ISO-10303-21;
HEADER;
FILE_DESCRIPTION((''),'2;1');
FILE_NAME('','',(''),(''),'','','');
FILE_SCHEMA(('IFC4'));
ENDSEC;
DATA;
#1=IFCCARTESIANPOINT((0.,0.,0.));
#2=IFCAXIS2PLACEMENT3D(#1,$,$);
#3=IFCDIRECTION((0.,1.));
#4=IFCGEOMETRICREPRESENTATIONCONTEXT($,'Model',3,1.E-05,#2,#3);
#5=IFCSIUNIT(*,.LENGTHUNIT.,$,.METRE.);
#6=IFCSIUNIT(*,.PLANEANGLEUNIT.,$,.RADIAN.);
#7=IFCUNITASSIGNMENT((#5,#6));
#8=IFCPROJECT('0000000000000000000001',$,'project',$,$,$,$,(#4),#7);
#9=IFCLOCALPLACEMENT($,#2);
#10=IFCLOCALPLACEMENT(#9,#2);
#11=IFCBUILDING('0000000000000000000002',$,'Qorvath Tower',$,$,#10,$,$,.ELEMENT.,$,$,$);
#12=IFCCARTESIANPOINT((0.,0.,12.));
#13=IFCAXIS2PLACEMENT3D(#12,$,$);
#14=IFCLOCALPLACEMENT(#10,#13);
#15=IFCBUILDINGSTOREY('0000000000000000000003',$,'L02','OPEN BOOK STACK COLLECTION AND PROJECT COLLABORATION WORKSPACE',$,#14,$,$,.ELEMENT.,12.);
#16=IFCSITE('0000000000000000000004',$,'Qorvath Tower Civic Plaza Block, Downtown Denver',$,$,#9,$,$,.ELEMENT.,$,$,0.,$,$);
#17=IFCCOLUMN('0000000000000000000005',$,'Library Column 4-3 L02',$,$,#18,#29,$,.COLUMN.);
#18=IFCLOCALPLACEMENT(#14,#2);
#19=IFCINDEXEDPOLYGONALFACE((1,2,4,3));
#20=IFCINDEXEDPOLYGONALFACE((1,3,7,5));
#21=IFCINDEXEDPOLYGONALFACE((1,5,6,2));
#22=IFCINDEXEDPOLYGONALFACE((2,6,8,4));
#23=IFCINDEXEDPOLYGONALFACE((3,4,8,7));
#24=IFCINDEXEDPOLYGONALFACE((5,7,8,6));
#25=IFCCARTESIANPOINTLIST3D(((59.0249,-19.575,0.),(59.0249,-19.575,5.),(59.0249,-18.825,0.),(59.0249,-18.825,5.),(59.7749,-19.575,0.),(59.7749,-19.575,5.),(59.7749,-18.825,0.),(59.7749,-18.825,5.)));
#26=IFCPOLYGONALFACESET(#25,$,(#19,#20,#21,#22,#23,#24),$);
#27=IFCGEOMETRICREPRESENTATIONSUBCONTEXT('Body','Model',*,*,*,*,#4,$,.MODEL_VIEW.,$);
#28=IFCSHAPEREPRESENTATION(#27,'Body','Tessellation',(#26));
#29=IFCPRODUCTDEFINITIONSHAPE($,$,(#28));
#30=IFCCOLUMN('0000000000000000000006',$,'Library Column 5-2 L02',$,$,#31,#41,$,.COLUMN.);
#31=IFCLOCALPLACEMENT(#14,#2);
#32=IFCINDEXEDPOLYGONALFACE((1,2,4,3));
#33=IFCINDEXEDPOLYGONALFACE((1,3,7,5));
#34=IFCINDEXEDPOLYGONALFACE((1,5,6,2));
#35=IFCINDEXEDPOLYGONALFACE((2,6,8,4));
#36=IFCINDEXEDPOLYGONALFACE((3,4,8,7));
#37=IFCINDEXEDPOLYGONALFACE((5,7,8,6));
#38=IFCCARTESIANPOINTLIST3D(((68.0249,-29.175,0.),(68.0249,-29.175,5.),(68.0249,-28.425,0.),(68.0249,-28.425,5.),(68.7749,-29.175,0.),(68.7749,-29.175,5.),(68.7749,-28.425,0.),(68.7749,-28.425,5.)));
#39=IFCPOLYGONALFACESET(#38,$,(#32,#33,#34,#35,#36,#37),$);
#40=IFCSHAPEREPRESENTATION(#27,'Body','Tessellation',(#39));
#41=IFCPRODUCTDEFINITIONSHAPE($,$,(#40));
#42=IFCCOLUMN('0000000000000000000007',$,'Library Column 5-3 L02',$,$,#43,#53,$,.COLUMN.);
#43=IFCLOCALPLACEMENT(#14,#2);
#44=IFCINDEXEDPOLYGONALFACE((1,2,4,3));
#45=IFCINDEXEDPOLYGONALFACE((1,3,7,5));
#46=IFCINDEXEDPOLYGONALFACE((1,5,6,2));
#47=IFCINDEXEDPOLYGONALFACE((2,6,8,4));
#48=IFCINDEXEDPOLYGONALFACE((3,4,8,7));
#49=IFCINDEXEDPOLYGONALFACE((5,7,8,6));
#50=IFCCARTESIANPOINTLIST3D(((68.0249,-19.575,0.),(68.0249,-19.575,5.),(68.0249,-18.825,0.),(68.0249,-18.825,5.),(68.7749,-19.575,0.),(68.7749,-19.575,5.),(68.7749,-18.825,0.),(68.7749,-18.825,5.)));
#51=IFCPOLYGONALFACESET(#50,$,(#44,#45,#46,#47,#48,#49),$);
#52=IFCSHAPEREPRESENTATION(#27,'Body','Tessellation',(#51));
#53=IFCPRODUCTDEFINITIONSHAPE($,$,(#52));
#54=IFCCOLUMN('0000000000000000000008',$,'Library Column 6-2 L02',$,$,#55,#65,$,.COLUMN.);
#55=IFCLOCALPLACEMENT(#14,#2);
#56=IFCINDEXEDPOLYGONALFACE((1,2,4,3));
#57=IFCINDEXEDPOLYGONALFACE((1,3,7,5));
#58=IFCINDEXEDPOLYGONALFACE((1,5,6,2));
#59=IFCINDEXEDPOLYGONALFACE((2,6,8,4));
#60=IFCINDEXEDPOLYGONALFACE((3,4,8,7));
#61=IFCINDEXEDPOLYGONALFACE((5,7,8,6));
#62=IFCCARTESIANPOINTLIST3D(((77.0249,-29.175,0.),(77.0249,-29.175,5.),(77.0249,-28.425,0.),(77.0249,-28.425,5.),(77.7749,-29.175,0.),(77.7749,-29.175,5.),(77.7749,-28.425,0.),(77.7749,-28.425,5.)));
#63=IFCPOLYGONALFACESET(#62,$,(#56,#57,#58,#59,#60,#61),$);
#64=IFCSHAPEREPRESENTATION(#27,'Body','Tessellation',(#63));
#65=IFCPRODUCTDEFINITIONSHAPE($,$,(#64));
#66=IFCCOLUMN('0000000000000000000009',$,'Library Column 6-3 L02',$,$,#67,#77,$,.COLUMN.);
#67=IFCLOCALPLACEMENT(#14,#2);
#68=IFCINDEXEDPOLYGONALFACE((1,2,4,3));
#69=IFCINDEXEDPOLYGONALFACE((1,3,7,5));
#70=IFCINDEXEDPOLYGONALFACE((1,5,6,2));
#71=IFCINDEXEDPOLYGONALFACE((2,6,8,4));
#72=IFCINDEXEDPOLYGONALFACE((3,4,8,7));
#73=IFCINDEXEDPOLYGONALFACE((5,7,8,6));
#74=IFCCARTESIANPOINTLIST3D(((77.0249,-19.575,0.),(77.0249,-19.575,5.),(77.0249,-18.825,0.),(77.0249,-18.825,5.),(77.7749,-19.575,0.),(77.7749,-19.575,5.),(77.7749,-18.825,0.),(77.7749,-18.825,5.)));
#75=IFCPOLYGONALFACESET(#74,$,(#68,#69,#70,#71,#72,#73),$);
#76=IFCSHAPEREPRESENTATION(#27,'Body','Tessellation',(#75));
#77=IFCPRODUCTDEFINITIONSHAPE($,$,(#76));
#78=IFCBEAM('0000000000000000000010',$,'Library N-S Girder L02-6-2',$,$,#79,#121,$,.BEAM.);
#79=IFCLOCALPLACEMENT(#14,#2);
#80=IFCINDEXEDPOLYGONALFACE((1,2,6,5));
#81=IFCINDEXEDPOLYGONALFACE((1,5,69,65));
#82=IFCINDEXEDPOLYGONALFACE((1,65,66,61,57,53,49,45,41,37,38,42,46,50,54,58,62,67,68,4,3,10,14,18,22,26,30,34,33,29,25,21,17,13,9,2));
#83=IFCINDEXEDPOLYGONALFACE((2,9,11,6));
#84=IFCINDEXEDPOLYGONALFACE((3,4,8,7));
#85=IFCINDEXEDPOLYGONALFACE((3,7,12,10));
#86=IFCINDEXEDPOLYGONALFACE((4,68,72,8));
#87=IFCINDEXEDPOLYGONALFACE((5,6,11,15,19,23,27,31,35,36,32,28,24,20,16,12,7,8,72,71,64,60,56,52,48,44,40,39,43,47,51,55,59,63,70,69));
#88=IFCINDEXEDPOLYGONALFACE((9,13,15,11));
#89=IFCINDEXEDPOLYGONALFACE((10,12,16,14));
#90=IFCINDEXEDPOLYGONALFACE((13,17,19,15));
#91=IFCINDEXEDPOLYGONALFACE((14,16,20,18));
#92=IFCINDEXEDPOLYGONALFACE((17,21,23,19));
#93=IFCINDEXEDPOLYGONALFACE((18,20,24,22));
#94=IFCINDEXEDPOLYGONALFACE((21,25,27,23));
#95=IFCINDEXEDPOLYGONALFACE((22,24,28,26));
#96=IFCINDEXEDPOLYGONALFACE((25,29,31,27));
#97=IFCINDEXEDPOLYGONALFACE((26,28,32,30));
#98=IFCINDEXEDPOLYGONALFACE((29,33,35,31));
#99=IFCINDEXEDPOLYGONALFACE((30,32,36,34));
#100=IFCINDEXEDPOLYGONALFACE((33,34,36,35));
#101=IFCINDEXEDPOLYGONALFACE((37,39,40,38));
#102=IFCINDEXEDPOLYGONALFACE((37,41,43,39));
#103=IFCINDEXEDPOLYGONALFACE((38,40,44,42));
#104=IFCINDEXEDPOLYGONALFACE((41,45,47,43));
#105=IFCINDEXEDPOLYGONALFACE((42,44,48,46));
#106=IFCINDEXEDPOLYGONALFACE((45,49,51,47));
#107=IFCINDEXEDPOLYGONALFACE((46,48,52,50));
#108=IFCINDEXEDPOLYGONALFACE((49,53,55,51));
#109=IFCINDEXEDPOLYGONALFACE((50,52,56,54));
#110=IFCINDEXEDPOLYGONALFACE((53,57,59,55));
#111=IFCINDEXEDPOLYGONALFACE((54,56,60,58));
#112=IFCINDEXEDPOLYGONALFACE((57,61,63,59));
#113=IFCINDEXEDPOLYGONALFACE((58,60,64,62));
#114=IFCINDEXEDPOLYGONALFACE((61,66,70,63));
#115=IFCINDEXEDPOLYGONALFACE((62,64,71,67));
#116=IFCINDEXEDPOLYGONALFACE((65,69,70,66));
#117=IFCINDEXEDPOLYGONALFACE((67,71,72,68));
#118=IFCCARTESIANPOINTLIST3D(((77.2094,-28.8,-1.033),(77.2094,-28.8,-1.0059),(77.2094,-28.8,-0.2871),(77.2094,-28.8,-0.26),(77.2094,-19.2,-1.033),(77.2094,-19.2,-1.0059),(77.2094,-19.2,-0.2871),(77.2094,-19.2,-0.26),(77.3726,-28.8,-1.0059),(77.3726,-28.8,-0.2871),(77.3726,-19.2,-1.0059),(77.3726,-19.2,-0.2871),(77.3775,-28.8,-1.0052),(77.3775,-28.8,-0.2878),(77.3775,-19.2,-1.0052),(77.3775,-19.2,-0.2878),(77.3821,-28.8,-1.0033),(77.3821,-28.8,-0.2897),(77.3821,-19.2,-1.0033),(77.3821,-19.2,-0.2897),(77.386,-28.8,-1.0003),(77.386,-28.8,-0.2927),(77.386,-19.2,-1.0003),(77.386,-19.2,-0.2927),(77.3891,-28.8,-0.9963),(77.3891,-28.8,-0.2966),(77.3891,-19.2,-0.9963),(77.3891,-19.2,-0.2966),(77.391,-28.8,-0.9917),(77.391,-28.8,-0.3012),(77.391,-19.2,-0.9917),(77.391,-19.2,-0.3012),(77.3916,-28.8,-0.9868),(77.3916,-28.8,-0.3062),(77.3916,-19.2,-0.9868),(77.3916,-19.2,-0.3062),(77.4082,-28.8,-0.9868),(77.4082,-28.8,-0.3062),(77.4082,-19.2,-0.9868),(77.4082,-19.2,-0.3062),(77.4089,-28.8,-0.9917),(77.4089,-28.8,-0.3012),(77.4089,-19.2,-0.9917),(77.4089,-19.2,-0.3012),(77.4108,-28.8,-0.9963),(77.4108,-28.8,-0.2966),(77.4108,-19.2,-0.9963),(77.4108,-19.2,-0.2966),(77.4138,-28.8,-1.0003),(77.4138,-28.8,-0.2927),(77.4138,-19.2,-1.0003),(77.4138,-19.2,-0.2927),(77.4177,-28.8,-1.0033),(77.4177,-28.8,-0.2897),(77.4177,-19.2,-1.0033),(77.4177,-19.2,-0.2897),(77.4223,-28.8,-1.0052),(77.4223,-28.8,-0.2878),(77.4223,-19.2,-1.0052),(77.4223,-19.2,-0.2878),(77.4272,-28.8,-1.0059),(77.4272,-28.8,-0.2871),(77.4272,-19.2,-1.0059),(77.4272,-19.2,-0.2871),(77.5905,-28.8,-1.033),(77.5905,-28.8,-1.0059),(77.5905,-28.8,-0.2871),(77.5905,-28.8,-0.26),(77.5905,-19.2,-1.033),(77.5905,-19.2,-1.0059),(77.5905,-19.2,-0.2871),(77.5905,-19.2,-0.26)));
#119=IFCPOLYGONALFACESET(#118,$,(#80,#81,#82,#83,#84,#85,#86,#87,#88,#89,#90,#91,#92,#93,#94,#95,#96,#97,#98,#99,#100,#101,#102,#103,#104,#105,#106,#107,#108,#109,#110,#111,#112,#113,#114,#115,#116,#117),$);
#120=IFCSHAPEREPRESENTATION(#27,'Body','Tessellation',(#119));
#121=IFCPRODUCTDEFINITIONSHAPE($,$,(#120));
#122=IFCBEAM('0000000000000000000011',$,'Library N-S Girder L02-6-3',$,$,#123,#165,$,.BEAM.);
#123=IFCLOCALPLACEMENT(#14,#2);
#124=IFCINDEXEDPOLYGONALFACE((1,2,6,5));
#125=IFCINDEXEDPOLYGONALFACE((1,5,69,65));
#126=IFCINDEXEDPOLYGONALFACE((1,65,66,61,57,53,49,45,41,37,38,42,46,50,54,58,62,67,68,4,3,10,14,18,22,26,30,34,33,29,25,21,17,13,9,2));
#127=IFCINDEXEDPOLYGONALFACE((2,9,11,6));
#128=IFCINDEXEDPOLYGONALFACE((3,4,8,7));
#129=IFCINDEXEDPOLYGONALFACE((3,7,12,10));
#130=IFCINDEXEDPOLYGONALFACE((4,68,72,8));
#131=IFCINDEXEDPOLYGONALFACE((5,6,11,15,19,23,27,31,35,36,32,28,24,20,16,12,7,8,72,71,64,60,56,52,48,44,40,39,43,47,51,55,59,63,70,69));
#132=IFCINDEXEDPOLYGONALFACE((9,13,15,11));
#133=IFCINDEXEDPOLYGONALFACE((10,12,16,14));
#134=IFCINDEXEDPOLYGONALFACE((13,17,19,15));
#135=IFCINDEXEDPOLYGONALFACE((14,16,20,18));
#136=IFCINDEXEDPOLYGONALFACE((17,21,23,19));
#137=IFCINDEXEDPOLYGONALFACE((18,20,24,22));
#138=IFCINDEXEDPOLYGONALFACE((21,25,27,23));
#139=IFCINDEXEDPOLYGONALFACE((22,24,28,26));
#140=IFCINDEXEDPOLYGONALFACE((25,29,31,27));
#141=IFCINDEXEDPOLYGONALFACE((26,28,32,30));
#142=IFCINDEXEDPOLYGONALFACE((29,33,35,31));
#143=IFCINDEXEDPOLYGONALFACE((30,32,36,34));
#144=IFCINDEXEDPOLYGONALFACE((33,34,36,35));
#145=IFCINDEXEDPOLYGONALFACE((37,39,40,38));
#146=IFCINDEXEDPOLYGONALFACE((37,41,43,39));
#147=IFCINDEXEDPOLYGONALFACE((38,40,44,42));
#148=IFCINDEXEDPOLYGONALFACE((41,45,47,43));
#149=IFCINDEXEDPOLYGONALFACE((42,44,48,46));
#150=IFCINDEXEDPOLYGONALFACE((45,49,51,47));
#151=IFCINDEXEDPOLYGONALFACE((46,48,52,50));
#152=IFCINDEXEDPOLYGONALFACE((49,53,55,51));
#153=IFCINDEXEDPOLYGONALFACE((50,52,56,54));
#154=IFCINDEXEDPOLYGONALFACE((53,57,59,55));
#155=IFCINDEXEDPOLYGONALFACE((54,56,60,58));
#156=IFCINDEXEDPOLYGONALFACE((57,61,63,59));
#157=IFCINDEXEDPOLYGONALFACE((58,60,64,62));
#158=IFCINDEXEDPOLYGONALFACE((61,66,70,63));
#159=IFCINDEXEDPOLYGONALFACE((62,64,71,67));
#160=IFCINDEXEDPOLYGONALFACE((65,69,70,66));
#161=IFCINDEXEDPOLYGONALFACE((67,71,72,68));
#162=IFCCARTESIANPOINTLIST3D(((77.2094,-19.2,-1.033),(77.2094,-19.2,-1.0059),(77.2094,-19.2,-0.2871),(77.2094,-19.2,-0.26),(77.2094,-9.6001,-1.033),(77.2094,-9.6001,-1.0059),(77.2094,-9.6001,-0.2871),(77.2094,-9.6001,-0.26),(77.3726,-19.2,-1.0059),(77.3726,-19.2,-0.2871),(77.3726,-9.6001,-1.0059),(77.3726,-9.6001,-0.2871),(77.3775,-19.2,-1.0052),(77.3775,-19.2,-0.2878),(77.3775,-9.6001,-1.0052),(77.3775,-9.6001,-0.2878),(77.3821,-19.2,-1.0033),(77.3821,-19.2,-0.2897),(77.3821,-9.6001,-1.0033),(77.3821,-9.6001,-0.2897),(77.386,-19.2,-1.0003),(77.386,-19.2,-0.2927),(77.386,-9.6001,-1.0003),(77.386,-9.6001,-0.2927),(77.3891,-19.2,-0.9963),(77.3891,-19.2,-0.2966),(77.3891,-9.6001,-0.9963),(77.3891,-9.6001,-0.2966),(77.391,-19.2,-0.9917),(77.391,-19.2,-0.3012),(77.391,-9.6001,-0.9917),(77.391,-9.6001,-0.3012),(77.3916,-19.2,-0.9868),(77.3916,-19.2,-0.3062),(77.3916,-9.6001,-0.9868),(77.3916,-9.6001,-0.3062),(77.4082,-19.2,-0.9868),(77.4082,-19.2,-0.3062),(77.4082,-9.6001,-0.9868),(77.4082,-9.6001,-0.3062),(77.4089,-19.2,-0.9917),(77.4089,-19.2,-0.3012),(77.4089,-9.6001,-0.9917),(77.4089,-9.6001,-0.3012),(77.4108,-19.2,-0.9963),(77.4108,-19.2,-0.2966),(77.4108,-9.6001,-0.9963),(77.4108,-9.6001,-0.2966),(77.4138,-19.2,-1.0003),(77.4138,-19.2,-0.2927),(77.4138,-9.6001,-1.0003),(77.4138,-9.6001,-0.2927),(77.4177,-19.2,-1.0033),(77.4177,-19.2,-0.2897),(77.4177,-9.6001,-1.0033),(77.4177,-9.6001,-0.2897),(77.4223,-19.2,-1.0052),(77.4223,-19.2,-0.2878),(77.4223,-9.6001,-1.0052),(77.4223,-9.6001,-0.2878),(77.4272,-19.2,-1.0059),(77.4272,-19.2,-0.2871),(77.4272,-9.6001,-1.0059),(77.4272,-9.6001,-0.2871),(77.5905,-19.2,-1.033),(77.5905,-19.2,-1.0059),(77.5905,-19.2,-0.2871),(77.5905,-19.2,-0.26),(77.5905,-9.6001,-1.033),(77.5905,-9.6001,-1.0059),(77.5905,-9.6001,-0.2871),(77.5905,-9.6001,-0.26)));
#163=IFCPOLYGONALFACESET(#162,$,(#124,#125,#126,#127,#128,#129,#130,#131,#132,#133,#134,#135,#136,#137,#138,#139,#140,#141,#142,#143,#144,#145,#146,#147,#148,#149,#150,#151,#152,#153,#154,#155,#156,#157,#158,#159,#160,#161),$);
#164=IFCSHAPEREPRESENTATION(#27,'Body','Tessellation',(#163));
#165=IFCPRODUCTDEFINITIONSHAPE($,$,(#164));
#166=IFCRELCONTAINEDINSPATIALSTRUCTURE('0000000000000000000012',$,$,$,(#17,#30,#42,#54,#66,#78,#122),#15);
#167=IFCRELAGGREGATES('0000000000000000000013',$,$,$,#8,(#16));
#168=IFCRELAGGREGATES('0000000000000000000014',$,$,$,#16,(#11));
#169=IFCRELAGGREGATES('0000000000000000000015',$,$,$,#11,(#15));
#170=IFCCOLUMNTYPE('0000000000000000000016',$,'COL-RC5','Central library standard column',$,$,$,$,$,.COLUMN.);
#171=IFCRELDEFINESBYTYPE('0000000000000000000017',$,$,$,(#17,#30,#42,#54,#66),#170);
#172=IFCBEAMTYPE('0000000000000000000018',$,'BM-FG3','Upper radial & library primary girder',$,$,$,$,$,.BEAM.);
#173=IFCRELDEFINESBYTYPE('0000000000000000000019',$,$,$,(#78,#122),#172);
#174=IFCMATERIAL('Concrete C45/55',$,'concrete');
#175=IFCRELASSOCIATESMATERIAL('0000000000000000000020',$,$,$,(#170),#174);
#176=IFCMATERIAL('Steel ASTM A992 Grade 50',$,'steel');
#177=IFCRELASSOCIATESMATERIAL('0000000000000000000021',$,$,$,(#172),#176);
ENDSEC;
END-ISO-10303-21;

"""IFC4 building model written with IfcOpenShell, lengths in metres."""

from ifc_helpers import new_model, si_unit, direction, frame, origin, origin_2d, place, context, subcontext, project, spatial, rectangle, i_section, extrude, material, material_profile, profile_set, type_object, element, save


model = new_model("IFC4")

# Units and contexts
model_context = context("Model", 3, precision=1e-05, world=origin(), true_north=direction((0.0, 1.0)))
body_context = subcontext(model_context, "Body", "Model", "MODEL_VIEW")
ifc_project = project(units=[si_unit("LENGTHUNIT", "METRE"), si_unit("PLANEANGLEUNIT", "RADIAN")], contexts=[model_context])

# Site, building, storey
site_placement = place(None, origin())
site = spatial("IfcSite", under=ifc_project, at=site_placement, Name="Qorvath Tower Civic Plaza Block, Downtown Denver", CompositionType="ELEMENT", RefElevation=0.0)
building_placement = place(site_placement, origin())
building = spatial("IfcBuilding", under=site, at=building_placement, Name="Qorvath Tower", CompositionType="ELEMENT")
storey_placement = place(building_placement, frame((0.0, 0.0, 12.0)))
storey = spatial("IfcBuildingStorey", under=building, at=storey_placement, Name="L02", Description="OPEN BOOK STACK COLLECTION AND PROJECT COLLABORATION WORKSPACE", CompositionType="ELEMENT", Elevation=12.0)

# Columns
ifc_material_1 = material(Name="Concrete C45/55", Category="concrete")
ifc_material_profile_1 = material_profile(ifc_material_1, rectangle(XDim=0.75, YDim=0.75, at=origin_2d()), Name="RC 750x750")
ifc_profile_set_1 = profile_set([ifc_material_profile_1], Name="Concrete C45/55")
column_type = type_object("IfcColumnType", Name="COL-RC5", Description="Central library standard column", PredefinedType="COLUMN", material=ifc_profile_set_1)
for number, where, z_axis, x_axis, name in (
    (1, (59.3999, -19.2, 0.0), (0.0, 0.0, 1.0), (1.0, 0.0, 0.0), "Library Column 4-3 L02"),
    (2, (68.3999, -28.8, 0.0), (0.0, 0.0, 1.0), (1.0, 0.0, 0.0), "Library Column 5-2 L02"),
    (3, (68.3999, -19.2, 0.0), (0.0, 0.0, 1.0), (1.0, 0.0, 0.0), "Library Column 5-3 L02"),
    (4, (77.3999, -28.8, 0.0), (0.0, 0.0, 1.0), (1.0, 0.0, 0.0), "Library Column 6-2 L02"),
    (5, (77.3999, -19.2, 0.0), (0.0, 0.0, 1.0), (1.0, 0.0, 0.0), "Library Column 6-3 L02"),
):
    element("IfcColumn", number, at=place(storey_placement, frame(where, z_axis=z_axis, x_axis=x_axis)), inside=storey, type_object=column_type, Name=name, PredefinedType="COLUMN", context=body_context, shape_type="SweptSolid", body=[
        extrude(rectangle(XDim=0.75, YDim=0.75, at=origin_2d()), origin(), (0.0, 0.0, 1.0), 5.0),
    ])

# Beams
ifc_material_2 = material(Name="Steel ASTM A992 Grade 50", Category="steel")
ifc_material_profile_2 = material_profile(ifc_material_2, i_section(OverallWidth=0.3811, OverallDepth=0.7729, WebThickness=0.0166, FlangeThickness=0.0271, FilletRadius=0.019, at=origin_2d()), Name="W30x173")
ifc_profile_set_2 = profile_set([ifc_material_profile_2], Name="Steel ASTM A992 Grade 50")
beam_type_1 = type_object("IfcBeamType", Name="BM-FG3", Description="Upper radial & library primary girder", PredefinedType="BEAM", material=ifc_profile_set_2)
beam_1_placement = place(storey_placement, frame((77.3999, -28.8, -0.6465), z_axis=(0.0, 1.0, 0.0), x_axis=(-1.0, 0.0, 0.0)))
element("IfcBeam", 6, at=beam_1_placement, inside=storey, type_object=beam_type_1, Name="Library N-S Girder L02-6-2", PredefinedType="BEAM", context=body_context, shape_type="SweptSolid", body=[
    extrude(i_section(OverallWidth=0.3811, OverallDepth=0.7729, WebThickness=0.0166, FlangeThickness=0.0271, FilletRadius=0.019, at=origin_2d()), origin(), (0.0, 0.0, 1.0), 9.6001),
])
beam_2_placement = place(storey_placement, frame((77.3999, -19.2, -0.6465), z_axis=(0.0, 1.0, 0.0), x_axis=(-1.0, 0.0, 0.0)))
element("IfcBeam", 7, at=beam_2_placement, inside=storey, type_object=beam_type_1, Name="Library N-S Girder L02-6-3", PredefinedType="BEAM", context=body_context, shape_type="SweptSolid", body=[
    extrude(i_section(OverallWidth=0.3811, OverallDepth=0.7729, WebThickness=0.0166, FlangeThickness=0.0271, FilletRadius=0.019, at=origin_2d()), origin(), (0.0, 0.0, 1.0), 9.5999),
])

save(model, "model.ifc")
